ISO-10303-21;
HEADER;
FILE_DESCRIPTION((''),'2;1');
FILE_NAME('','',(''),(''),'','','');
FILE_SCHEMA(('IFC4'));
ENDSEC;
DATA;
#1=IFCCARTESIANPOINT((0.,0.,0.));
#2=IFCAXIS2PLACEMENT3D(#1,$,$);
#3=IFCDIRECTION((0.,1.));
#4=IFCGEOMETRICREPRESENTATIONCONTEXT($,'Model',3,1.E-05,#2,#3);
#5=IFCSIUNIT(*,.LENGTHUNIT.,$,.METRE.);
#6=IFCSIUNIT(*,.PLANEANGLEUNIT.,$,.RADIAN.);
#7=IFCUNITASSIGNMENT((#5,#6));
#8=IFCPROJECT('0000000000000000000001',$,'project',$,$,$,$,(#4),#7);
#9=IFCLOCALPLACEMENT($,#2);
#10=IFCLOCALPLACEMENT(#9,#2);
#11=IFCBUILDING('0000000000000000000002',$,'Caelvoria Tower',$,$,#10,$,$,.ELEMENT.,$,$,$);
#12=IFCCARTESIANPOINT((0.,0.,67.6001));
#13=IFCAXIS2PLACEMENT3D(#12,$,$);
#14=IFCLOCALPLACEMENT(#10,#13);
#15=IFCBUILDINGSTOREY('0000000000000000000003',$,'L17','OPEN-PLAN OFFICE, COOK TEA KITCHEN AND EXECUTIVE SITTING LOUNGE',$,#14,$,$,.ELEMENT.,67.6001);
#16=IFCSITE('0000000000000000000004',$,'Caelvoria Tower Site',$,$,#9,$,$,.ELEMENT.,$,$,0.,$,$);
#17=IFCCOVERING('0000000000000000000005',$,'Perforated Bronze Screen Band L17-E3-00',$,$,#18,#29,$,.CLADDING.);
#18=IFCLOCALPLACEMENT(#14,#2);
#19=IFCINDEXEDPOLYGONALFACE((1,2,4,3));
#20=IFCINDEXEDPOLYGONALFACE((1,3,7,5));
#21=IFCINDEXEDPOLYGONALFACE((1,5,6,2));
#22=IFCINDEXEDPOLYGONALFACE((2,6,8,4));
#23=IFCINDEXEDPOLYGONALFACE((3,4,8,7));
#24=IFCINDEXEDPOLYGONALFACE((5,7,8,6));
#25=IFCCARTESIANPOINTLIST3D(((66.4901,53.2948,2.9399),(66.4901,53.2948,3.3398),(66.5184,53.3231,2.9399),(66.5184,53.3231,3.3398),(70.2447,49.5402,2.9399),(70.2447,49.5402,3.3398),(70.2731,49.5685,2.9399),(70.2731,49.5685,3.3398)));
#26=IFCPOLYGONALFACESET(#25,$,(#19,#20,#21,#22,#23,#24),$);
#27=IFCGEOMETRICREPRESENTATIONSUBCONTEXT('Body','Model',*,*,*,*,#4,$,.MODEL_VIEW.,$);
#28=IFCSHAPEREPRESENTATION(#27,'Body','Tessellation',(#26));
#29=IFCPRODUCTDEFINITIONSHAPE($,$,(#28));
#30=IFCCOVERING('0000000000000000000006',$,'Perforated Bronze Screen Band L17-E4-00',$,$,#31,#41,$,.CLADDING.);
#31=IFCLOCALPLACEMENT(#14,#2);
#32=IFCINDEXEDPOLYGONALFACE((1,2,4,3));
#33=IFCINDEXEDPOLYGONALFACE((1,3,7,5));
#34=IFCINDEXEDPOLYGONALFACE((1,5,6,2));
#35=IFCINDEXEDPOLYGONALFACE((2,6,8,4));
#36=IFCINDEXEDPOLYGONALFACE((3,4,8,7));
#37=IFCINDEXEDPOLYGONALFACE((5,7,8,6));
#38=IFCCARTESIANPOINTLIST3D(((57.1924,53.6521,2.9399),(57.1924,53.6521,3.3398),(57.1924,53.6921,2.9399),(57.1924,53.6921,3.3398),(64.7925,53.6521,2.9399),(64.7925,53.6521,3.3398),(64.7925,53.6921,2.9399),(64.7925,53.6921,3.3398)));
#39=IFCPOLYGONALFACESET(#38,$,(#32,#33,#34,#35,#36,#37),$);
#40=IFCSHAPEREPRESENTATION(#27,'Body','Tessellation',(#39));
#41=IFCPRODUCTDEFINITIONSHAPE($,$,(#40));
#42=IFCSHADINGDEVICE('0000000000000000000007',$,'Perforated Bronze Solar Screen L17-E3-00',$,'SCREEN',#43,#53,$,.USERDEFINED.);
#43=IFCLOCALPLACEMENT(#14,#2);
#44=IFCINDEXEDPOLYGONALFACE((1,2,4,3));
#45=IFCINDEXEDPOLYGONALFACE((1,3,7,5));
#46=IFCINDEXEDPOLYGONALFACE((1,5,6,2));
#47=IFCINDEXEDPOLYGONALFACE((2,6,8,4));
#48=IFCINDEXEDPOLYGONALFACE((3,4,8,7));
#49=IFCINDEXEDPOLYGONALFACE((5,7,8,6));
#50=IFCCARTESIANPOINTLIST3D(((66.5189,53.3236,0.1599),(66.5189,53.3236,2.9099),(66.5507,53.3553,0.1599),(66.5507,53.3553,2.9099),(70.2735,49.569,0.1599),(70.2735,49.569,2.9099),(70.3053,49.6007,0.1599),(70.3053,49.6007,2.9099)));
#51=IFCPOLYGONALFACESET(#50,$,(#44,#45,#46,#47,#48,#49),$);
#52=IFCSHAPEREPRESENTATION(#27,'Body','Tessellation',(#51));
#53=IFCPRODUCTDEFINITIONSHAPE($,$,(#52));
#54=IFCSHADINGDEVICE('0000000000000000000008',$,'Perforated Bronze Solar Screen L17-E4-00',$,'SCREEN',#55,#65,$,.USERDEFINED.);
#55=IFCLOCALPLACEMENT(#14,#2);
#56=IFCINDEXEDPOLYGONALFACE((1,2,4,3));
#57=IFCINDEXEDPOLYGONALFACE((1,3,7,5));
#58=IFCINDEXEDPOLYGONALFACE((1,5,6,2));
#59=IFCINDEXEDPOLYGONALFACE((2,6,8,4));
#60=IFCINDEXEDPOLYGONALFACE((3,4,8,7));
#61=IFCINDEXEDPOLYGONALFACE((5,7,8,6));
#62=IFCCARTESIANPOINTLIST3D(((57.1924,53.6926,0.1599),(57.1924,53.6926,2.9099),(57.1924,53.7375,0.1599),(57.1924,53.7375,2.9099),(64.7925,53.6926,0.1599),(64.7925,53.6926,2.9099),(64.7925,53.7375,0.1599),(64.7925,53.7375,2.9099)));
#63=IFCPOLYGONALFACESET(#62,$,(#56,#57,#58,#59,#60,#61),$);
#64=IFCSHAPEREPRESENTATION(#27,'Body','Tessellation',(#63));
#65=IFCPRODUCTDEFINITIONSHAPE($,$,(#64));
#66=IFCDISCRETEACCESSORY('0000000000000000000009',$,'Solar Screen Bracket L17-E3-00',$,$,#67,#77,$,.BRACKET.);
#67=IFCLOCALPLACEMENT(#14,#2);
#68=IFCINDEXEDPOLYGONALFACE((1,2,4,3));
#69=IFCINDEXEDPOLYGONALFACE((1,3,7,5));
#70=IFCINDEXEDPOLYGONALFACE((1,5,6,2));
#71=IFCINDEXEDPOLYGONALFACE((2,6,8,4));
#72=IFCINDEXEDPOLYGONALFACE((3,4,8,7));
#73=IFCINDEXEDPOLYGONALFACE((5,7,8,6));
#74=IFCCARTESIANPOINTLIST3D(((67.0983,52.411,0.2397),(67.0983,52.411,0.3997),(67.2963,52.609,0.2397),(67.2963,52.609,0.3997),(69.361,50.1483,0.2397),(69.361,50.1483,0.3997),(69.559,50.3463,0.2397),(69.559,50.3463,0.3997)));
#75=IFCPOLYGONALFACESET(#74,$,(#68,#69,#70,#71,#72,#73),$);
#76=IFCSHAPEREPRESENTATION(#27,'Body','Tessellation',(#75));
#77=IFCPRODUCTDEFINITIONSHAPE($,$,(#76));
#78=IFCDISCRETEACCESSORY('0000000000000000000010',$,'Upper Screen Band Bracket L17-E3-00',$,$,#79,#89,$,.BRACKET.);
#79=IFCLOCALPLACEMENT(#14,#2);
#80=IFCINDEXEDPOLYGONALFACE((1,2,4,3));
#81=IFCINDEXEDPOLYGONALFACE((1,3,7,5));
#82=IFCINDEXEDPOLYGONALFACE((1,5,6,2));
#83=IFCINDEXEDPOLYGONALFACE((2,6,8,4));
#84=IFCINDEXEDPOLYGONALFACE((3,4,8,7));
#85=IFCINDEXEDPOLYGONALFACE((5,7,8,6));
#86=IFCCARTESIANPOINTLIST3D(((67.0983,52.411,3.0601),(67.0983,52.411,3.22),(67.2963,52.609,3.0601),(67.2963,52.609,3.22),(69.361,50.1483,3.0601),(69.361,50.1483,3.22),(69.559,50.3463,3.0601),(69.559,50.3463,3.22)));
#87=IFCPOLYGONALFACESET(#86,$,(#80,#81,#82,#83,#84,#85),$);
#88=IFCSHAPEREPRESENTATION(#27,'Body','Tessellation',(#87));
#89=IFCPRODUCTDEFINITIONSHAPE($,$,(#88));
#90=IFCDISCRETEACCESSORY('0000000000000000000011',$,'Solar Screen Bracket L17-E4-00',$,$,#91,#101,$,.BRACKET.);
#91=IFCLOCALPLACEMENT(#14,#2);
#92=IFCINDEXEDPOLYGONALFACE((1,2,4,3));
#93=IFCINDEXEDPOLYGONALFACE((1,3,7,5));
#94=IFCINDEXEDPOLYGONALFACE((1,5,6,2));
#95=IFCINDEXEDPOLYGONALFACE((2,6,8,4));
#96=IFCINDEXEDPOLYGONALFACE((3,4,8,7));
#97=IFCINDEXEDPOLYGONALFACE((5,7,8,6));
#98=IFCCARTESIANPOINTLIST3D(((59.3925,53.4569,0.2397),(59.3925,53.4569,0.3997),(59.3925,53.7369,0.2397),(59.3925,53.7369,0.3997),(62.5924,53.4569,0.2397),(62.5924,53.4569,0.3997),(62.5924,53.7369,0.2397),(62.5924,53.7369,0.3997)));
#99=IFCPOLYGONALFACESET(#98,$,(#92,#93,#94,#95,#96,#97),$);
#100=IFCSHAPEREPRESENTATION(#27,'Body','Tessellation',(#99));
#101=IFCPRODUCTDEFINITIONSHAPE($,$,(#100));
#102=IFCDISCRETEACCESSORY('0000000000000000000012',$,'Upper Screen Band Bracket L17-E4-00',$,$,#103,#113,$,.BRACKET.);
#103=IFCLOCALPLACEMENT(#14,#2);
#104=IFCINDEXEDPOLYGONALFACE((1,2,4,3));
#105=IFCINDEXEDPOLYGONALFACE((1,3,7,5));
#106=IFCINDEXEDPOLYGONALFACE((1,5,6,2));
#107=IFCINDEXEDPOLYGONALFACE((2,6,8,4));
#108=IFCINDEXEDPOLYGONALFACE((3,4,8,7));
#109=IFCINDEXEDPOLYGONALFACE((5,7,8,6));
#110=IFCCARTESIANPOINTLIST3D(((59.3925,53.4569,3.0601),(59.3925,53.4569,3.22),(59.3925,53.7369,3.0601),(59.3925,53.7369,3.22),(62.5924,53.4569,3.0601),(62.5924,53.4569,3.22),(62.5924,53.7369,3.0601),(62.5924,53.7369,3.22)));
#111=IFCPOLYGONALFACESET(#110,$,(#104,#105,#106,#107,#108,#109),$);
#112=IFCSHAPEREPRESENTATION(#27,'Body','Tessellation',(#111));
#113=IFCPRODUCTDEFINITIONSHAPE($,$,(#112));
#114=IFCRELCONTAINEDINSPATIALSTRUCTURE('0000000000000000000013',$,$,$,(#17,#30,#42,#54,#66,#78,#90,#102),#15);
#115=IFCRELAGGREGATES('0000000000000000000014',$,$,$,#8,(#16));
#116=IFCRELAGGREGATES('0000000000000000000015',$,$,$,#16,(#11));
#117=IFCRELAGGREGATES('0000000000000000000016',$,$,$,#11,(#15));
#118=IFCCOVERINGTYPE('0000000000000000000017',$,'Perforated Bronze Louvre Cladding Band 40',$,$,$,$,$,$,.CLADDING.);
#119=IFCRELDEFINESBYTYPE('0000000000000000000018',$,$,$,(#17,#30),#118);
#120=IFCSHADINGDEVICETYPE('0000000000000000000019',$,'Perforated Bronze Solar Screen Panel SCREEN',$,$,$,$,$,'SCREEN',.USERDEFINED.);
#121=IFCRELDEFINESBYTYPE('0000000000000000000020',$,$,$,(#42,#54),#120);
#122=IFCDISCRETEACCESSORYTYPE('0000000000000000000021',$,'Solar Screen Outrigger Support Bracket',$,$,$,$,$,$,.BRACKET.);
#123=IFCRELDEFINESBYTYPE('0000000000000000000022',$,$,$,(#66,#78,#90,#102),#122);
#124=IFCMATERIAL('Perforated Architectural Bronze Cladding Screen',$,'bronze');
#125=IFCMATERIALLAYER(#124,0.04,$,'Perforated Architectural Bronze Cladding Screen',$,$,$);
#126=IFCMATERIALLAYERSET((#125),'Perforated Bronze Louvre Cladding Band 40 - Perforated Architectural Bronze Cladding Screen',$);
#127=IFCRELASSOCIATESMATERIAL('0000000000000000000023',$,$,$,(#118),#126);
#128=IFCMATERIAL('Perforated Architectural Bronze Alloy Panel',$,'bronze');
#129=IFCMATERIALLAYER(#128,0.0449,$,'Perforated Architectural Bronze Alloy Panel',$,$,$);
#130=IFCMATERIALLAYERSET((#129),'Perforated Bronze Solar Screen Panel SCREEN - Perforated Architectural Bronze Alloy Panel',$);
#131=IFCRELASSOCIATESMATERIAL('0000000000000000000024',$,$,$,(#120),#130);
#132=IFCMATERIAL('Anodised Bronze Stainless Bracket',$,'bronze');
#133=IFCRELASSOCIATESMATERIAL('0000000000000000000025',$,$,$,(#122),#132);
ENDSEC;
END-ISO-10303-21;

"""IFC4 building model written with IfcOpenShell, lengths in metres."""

from ifc_helpers import new_model, si_unit, direction, frame, origin, origin_2d, place, context, subcontext, project, spatial, rectangle, extrude, material, layer, layer_set, type_object, element, save


model = new_model("IFC4")

# Units and contexts
model_context = context("Model", 3, precision=1e-05, world=origin(), true_north=direction((0.0, 1.0)))
body_context = subcontext(model_context, "Body", "Model", "MODEL_VIEW")
ifc_project = project(units=[si_unit("LENGTHUNIT", "METRE"), si_unit("PLANEANGLEUNIT", "RADIAN")], contexts=[model_context])

# Site, building, storey
site_placement = place(None, origin())
site = spatial("IfcSite", under=ifc_project, at=site_placement, Name="Caelvoria Tower Site", CompositionType="ELEMENT", RefElevation=0.0)
building_placement = place(site_placement, origin())
building = spatial("IfcBuilding", under=site, at=building_placement, Name="Caelvoria Tower", CompositionType="ELEMENT")
storey_placement = place(building_placement, frame((0.0, 0.0, 67.6001)))
storey = spatial("IfcBuildingStorey", under=building, at=storey_placement, Name="L17", Description="OPEN-PLAN OFFICE, COOK TEA KITCHEN AND EXECUTIVE SITTING LOUNGE", CompositionType="ELEMENT", Elevation=67.6001)

# Coverings
ifc_material_1 = material(Name="Perforated Architectural Bronze Cladding Screen", Category="bronze")
ifc_layer_1 = layer(ifc_material_1, 0.04, Name="Perforated Architectural Bronze Cladding Screen")
ifc_layer_set_1 = layer_set([ifc_layer_1], Name="Perforated Bronze Louvre Cladding Band 40 - Perforated Architectural Bronze Cladding Screen")
covering_type = type_object("IfcCoveringType", Name="Perforated Bronze Louvre Cladding Band 40", PredefinedType="CLADDING", material=ifc_layer_set_1)
covering_1_placement = place(storey_placement, frame((68.3816, 51.4316, 2.9399), z_axis=(0.0, 0.0, 1.0), x_axis=(-0.707107, 0.707107, 0.0)))
element("IfcCovering", 1, at=covering_1_placement, inside=storey, type_object=covering_type, Name="Perforated Bronze Screen Band L17-E3-00", PredefinedType="CLADDING", context=body_context, shape_type="SweptSolid", body=[
    extrude(rectangle(XDim=5.3098, YDim=0.04, at=origin_2d()), origin(), (0.0, 0.0, 1.0), 0.3999),
])
covering_2_placement = place(storey_placement, frame((60.9924, 53.6721, 2.9399), z_axis=(0.0, 0.0, 1.0), x_axis=(-1.0, 0.0, 0.0)))
element("IfcCovering", 2, at=covering_2_placement, inside=storey, type_object=covering_type, Name="Perforated Bronze Screen Band L17-E4-00", PredefinedType="CLADDING", context=body_context, shape_type="SweptSolid", body=[
    extrude(rectangle(XDim=7.6001, YDim=0.04, at=origin_2d()), origin(), (0.0, 0.0, 1.0), 0.3999),
])

# Shading devices
ifc_material_2 = material(Name="Perforated Architectural Bronze Alloy Panel", Category="bronze")
ifc_layer_2 = layer(ifc_material_2, 0.0449, Name="Perforated Architectural Bronze Alloy Panel")
ifc_layer_set_2 = layer_set([ifc_layer_2], Name="Perforated Bronze Solar Screen Panel SCREEN - Perforated Architectural Bronze Alloy Panel")
shading_device_type = type_object("IfcShadingDeviceType", Name="Perforated Bronze Solar Screen Panel SCREEN", ElementType="SCREEN", PredefinedType="USERDEFINED", material=ifc_layer_set_2)
shading_device_1_placement = place(storey_placement, frame((68.4121, 51.4622, 0.1599), z_axis=(0.0, 0.0, 1.0), x_axis=(-0.707107, 0.707107, 0.0)))
element("IfcShadingDevice", 3, at=shading_device_1_placement, inside=storey, type_object=shading_device_type, Name="Perforated Bronze Solar Screen L17-E3-00", ObjectType="SCREEN", PredefinedType="USERDEFINED", context=body_context, shape_type="SweptSolid", body=[
    extrude(rectangle(XDim=5.3098, YDim=0.0449, at=origin_2d()), origin(), (0.0, 0.0, 1.0), 2.75),
])
shading_device_2_placement = place(storey_placement, frame((60.9924, 53.7151, 0.1599), z_axis=(0.0, 0.0, 1.0), x_axis=(-1.0, 0.0, 0.0)))
element("IfcShadingDevice", 4, at=shading_device_2_placement, inside=storey, type_object=shading_device_type, Name="Perforated Bronze Solar Screen L17-E4-00", ObjectType="SCREEN", PredefinedType="USERDEFINED", context=body_context, shape_type="SweptSolid", body=[
    extrude(rectangle(XDim=7.6001, YDim=0.0449, at=origin_2d()), origin(), (0.0, 0.0, 1.0), 2.75),
])

# Discrete accessories
ifc_material_3 = material(Name="Anodised Bronze Stainless Bracket", Category="bronze")
discrete_accessory_type = type_object("IfcDiscreteAccessoryType", Name="Solar Screen Outrigger Support Bracket", PredefinedType="BRACKET", material=ifc_material_3)
for number, where, z_axis, x_axis, name in (
    (5, (68.3286, 51.3787, 0.2397), (0.0, 0.0, 1.0), (-0.707107, 0.707107, 0.0), "Solar Screen Bracket L17-E3-00"),
    (6, (68.3286, 51.3787, 3.0601), (0.0, 0.0, 1.0), (-0.707107, 0.707107, 0.0), "Upper Screen Band Bracket L17-E3-00"),
    (7, (60.9924, 53.5969, 0.2397), (0.0, 0.0, 1.0), (-1.0, 0.0, 0.0), "Solar Screen Bracket L17-E4-00"),
    (8, (60.9924, 53.5969, 3.0601), (0.0, 0.0, 1.0), (-1.0, 0.0, 0.0), "Upper Screen Band Bracket L17-E4-00"),
):
    element("IfcDiscreteAccessory", number, at=place(storey_placement, frame(where, z_axis=z_axis, x_axis=x_axis)), inside=storey, type_object=discrete_accessory_type, Name=name, PredefinedType="BRACKET", context=body_context, shape_type="SweptSolid", body=[
        extrude(rectangle(XDim=3.2, YDim=0.28, at=origin_2d()), origin(), (0.0, 0.0, 1.0), 0.1599),
    ])

save(model, "model.ifc")
